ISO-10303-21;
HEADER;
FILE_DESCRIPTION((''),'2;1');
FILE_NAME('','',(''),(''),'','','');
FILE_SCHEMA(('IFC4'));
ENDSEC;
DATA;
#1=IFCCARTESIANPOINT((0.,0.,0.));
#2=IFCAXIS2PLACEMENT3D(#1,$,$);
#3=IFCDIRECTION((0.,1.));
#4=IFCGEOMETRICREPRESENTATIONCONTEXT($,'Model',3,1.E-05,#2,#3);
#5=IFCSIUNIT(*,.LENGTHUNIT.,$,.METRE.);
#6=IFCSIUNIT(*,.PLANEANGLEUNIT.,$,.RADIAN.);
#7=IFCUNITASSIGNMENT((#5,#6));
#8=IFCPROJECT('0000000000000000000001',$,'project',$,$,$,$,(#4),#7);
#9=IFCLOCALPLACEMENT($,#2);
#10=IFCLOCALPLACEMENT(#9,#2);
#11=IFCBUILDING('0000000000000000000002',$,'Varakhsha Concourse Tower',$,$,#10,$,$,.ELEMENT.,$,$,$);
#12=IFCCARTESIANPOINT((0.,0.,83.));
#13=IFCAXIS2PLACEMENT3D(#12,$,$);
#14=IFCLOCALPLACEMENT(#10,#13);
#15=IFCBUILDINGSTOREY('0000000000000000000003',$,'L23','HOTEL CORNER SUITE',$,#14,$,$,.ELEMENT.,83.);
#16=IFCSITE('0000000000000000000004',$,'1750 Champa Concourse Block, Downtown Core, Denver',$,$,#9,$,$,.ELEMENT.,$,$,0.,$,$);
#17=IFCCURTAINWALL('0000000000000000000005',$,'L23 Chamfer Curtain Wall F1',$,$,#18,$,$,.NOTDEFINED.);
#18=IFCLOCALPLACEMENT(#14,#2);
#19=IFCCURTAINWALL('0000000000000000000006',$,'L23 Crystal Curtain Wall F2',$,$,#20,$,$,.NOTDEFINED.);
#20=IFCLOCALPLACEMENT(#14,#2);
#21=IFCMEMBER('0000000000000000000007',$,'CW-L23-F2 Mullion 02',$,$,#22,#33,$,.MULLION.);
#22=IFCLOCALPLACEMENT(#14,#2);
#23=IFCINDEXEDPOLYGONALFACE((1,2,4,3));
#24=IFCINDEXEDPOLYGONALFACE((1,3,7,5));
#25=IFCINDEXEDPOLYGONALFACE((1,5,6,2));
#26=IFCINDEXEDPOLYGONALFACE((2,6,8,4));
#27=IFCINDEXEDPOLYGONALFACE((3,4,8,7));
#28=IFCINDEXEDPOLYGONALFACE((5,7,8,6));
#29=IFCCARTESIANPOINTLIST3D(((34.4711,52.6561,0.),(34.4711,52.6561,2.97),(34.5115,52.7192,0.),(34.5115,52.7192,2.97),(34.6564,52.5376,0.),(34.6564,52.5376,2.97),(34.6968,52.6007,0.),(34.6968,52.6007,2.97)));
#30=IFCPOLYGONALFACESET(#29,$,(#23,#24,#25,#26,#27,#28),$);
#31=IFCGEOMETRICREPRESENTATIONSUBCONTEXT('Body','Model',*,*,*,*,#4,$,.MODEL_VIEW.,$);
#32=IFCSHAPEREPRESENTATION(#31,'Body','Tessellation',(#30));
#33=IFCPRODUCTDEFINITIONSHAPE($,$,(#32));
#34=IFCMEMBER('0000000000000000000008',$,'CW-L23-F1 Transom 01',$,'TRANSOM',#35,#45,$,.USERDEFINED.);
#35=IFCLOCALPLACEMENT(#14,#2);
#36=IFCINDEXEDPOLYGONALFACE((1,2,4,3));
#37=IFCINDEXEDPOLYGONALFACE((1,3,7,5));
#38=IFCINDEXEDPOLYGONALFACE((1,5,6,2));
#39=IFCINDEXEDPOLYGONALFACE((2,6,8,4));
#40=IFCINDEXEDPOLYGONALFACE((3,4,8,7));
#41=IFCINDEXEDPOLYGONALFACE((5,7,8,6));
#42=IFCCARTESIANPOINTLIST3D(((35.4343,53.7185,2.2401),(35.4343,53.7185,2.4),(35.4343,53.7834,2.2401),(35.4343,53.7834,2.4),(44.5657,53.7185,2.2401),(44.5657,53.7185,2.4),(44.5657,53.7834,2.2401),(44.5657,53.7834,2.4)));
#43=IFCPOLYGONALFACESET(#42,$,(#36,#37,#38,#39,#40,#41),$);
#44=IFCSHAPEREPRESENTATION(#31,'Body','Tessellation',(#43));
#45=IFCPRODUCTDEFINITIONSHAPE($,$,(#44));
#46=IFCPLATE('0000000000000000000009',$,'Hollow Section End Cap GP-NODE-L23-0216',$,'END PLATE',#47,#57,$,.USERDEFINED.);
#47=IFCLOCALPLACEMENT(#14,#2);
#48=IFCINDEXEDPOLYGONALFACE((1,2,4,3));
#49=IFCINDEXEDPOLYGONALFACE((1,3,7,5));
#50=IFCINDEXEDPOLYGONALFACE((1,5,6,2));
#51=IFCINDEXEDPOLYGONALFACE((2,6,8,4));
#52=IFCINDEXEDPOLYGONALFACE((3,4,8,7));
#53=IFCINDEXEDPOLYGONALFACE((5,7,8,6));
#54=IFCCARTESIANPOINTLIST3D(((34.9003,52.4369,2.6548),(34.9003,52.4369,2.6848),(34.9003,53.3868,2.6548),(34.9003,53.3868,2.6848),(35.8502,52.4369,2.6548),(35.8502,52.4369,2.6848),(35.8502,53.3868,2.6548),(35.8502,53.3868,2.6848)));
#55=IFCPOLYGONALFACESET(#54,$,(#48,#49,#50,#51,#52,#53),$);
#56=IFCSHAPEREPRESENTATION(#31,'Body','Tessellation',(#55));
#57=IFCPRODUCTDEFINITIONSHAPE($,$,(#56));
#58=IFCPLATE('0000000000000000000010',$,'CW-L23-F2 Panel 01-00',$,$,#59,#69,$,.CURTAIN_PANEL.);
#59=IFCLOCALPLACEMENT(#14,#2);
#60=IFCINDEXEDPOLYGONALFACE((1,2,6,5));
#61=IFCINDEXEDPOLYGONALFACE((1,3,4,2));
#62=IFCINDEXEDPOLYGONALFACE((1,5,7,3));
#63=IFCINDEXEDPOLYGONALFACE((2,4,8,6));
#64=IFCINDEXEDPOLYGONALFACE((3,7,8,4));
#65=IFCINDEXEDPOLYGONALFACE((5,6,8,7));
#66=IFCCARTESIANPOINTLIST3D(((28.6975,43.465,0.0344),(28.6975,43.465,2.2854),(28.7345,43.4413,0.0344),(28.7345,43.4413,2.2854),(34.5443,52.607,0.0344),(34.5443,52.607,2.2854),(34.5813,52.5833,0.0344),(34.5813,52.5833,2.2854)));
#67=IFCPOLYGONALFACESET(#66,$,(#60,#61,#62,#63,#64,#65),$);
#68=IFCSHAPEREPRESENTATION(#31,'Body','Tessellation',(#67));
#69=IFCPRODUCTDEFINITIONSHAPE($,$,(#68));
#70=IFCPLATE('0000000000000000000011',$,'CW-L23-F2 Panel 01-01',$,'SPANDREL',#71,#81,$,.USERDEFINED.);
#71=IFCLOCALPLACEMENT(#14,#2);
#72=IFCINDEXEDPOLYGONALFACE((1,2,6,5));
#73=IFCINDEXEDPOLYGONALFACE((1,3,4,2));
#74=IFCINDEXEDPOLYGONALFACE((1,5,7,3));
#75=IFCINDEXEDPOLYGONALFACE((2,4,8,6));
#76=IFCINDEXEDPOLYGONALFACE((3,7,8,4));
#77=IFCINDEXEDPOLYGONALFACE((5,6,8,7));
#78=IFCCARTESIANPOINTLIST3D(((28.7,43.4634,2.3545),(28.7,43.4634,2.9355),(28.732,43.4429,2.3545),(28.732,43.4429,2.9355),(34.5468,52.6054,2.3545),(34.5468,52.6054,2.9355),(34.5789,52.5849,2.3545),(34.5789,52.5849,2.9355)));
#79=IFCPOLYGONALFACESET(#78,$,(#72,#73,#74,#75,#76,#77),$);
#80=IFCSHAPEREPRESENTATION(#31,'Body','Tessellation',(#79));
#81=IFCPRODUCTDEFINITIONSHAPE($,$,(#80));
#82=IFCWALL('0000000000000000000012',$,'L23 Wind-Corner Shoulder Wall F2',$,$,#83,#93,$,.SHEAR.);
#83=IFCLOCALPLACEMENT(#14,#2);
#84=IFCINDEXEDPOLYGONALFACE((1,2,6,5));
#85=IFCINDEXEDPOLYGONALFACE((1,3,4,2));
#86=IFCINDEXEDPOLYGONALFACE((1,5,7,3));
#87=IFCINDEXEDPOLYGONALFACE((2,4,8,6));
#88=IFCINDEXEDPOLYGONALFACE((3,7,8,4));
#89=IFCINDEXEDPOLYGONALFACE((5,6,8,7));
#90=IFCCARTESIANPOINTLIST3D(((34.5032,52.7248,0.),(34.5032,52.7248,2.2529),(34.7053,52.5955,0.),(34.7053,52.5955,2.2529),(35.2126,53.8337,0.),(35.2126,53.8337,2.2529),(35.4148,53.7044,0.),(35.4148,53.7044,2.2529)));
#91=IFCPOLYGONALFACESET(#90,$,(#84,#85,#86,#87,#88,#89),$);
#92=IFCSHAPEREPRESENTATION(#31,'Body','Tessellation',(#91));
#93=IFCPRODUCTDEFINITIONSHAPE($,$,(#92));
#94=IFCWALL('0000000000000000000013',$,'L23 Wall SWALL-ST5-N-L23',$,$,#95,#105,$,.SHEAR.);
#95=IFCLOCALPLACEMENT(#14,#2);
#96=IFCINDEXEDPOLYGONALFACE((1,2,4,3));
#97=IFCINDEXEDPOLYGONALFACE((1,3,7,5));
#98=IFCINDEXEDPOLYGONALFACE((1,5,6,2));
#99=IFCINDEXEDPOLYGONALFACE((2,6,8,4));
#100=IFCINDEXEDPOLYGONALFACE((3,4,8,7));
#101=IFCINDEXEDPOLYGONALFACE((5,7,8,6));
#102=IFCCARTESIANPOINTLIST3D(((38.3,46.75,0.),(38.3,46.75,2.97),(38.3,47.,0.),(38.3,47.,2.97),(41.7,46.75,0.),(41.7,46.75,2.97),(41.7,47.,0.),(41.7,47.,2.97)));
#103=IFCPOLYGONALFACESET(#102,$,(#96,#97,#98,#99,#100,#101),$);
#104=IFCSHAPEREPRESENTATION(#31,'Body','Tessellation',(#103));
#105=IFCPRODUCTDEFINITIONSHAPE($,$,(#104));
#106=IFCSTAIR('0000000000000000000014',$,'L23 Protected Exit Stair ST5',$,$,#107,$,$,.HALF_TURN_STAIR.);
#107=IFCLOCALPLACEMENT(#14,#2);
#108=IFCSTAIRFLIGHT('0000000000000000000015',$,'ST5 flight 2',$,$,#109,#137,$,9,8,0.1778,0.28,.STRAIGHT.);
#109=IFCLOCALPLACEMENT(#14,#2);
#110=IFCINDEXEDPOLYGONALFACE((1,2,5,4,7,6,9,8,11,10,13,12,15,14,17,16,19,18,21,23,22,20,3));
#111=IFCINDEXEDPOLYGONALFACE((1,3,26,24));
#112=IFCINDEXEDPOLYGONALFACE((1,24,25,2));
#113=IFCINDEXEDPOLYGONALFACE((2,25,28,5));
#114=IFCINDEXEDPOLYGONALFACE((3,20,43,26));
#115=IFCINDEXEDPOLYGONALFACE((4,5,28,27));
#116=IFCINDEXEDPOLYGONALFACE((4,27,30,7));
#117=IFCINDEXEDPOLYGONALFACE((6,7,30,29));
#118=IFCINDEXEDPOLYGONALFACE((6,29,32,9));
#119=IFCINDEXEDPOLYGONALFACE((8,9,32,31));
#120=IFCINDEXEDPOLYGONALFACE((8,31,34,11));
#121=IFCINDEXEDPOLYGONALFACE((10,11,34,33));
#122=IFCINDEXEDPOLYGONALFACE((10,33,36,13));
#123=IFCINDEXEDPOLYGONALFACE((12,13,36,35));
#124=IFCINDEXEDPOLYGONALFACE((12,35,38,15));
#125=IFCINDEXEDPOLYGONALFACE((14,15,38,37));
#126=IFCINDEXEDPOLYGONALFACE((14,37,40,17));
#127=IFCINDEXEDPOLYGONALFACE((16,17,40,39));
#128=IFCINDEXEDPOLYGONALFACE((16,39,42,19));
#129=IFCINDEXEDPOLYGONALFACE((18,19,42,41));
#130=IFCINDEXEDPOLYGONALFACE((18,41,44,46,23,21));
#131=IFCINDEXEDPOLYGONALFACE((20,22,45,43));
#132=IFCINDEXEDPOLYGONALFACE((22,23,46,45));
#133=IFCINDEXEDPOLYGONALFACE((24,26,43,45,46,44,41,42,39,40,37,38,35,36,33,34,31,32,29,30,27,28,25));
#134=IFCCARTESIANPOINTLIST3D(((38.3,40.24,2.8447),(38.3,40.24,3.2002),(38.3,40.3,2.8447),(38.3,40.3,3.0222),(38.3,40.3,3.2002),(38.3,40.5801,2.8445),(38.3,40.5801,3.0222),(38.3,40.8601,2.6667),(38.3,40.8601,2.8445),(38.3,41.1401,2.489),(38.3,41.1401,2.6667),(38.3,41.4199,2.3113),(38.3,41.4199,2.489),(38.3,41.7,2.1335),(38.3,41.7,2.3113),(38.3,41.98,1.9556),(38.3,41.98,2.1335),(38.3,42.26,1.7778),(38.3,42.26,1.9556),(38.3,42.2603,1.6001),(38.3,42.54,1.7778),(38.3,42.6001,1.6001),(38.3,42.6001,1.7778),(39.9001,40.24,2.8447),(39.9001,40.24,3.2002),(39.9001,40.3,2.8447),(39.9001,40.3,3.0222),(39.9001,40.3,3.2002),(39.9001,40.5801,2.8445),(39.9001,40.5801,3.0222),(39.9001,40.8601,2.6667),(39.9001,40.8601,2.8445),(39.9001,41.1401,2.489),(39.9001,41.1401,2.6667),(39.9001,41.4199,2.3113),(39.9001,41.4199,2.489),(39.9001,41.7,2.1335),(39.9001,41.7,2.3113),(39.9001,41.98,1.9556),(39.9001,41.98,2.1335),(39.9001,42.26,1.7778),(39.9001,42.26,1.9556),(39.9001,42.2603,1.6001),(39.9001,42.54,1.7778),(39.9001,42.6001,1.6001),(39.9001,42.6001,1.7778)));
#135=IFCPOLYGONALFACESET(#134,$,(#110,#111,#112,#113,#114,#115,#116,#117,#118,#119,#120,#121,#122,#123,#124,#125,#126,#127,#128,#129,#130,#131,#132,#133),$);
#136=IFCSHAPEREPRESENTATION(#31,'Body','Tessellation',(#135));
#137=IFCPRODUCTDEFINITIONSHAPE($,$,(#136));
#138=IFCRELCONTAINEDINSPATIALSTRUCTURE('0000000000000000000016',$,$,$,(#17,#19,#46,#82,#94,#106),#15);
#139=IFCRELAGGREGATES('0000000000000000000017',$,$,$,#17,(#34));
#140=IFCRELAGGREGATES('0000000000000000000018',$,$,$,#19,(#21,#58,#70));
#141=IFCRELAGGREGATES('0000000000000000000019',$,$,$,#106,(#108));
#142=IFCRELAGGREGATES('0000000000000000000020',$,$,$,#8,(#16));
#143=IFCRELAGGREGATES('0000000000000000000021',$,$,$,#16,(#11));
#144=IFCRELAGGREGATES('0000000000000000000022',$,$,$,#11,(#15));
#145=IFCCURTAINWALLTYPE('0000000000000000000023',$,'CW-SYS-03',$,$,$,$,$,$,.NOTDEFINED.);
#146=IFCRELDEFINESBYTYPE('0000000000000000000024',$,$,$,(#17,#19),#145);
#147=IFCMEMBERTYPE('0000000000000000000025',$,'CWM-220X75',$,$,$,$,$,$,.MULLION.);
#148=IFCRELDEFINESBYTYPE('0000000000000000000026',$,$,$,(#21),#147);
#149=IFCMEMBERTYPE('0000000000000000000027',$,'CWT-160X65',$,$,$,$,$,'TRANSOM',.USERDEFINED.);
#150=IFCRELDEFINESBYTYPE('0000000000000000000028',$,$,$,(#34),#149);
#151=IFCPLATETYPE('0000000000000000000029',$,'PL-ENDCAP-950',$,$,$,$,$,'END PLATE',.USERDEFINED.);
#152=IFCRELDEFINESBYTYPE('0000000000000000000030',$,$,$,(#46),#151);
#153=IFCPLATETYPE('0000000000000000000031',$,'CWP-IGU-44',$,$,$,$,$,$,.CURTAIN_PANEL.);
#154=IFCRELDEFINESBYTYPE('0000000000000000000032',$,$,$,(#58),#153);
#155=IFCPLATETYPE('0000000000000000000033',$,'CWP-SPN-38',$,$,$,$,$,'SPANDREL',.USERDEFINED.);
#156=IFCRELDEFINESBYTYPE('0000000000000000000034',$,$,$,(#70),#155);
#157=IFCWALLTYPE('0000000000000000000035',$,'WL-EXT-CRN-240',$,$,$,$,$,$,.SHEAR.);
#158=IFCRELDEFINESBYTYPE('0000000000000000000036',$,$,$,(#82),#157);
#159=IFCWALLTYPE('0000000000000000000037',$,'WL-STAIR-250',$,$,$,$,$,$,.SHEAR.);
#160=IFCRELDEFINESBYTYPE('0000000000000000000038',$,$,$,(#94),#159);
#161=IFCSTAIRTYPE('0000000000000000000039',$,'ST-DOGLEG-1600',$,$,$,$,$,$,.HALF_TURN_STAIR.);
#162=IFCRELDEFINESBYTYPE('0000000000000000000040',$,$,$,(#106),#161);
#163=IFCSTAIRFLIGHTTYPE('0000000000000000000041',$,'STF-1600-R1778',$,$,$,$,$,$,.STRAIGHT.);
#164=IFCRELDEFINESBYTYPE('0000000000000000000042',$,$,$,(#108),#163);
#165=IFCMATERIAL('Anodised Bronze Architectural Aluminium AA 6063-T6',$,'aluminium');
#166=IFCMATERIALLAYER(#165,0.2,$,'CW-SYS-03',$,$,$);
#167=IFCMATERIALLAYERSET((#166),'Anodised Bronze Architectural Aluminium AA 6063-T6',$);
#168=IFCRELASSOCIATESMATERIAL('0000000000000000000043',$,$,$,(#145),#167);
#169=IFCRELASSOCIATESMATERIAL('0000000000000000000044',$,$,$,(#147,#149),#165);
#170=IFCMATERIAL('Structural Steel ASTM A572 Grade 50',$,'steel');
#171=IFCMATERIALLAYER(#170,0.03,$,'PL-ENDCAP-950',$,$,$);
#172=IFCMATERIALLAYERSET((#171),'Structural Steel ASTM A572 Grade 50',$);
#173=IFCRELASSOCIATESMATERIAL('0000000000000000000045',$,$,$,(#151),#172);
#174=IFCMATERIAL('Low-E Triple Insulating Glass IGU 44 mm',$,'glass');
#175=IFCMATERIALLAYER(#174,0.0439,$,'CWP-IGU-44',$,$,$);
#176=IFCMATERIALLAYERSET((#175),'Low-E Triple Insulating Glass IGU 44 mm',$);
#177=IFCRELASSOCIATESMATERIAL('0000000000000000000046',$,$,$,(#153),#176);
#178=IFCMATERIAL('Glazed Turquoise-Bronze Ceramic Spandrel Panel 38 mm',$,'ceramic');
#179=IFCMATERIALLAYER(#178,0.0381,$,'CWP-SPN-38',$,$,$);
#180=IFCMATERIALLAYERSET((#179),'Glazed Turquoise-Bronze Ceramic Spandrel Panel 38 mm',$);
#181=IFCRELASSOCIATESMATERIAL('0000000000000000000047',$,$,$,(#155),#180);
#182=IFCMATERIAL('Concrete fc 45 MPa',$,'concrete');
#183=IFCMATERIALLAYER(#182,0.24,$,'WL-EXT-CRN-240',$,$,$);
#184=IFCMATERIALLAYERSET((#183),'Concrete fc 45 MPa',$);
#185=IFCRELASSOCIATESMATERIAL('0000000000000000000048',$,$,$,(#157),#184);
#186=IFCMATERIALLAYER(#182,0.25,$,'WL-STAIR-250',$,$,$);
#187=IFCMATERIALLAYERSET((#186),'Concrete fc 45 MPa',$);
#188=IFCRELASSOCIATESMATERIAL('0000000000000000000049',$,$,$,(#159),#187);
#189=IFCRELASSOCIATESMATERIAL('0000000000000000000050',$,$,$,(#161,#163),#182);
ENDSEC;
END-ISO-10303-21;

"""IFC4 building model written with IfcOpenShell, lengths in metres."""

from ifc_helpers import new_model, si_unit, direction, frame, frame_2d, origin, origin_2d, place, context, subcontext, project, spatial, polyline, rectangle, outline, extrude, source, transform, mapped, material, layer, layer_set, material_profile, profile_set, type_object, type_shapes, element, aggregate, save


model = new_model("IFC4")

# Units and contexts
model_context = context("Model", 3, precision=1e-05, world=origin(), true_north=direction((0.0, 1.0)))
body_context = subcontext(model_context, "Body", "Model", "MODEL_VIEW")
ifc_project = project(units=[si_unit("LENGTHUNIT", "METRE"), si_unit("PLANEANGLEUNIT", "RADIAN")], contexts=[model_context])

# Site, building, storey
site_placement = place(None, origin())
site = spatial("IfcSite", under=ifc_project, at=site_placement, Name="1750 Champa Concourse Block, Downtown Core, Denver", CompositionType="ELEMENT", RefElevation=0.0)
building_placement = place(site_placement, origin())
building = spatial("IfcBuilding", under=site, at=building_placement, Name="Varakhsha Concourse Tower", CompositionType="ELEMENT")
storey_placement = place(building_placement, frame((0.0, 0.0, 83.0)))
storey = spatial("IfcBuildingStorey", under=building, at=storey_placement, Name="L23", Description="HOTEL CORNER SUITE", CompositionType="ELEMENT", Elevation=83.0)

# Shared definitions
ifc_material_1 = material(Name="Structural Steel ASTM A572 Grade 50", Category="steel")

# Curtain wall
ifc_material_2 = material(Name="Anodised Bronze Architectural Aluminium AA 6063-T6", Category="aluminium")
ifc_layer_1 = layer(ifc_material_2, 0.2, Name="CW-SYS-03")
ifc_layer_set_1 = layer_set([ifc_layer_1], Name="Anodised Bronze Architectural Aluminium AA 6063-T6")
curtain_wall_type = type_object("IfcCurtainWallType", Name="CW-SYS-03", PredefinedType="NOTDEFINED", material=ifc_layer_set_1)
curtain_wall_1_placement = place(storey_placement, origin())
curtain_wall_1 = element("IfcCurtainWall", 1, at=curtain_wall_1_placement, inside=storey, type_object=curtain_wall_type, Name="L23 Chamfer Curtain Wall F1", PredefinedType="NOTDEFINED")
ifc_material_profile_1 = material_profile(ifc_material_2, rectangle(XDim=0.075, YDim=0.22, at=origin_2d()), Name="CWM-220X75")
ifc_profile_set_1 = profile_set([ifc_material_profile_1], Name="Anodised Bronze Architectural Aluminium AA 6063-T6")
member_type_1 = type_object("IfcMemberType", Name="CWM-220X75", PredefinedType="MULLION", material=ifc_profile_set_1)
shared_shape_1 = source(origin(), body_context, "Body", "SweptSolid", [
    extrude(rectangle(XDim=0.075, YDim=0.22, at=origin_2d()), origin(), (0.0, 0.0, 1.0), 2.97),
])
type_shapes(member_type_1, [shared_shape_1])

# Curtain wall, member
curtain_wall_2_placement = place(storey_placement, origin())
curtain_wall_2 = element("IfcCurtainWall", 2, at=curtain_wall_2_placement, inside=storey, type_object=curtain_wall_type, Name="L23 Crystal Curtain Wall F2", PredefinedType="NOTDEFINED")
member_1_placement = place(storey_placement, frame((34.584, 52.6284, 0.0), z_axis=(0.0, 0.0, 1.0), x_axis=(0.538787, 0.842442, 0.0)))
member_1 = element("IfcMember", 3, at=member_1_placement, type_object=member_type_1, Name="CW-L23-F2 Mullion 02", PredefinedType="MULLION", context=body_context, shape_type="MappedRepresentation", body=[
    mapped(shared_shape_1, transform((0.0, 0.0, 0.0), scale=1.0)),
])

# Member
ifc_material_profile_2 = material_profile(ifc_material_2, rectangle(XDim=0.0649, YDim=0.1599, at=origin_2d()), Name="CWT-160X65")
ifc_profile_set_2 = profile_set([ifc_material_profile_2], Name="Anodised Bronze Architectural Aluminium AA 6063-T6")
member_type_2 = type_object("IfcMemberType", Name="CWT-160X65", ElementType="TRANSOM", PredefinedType="USERDEFINED", material=ifc_profile_set_2)
shared_shape_2 = source(origin(), body_context, "Body", "SweptSolid", [
    extrude(rectangle(XDim=0.0649, YDim=0.1599, at=origin_2d()), origin(), (0.0, 0.0, 1.0), 9.1313),
])
type_shapes(member_type_2, [shared_shape_2])
member_2_placement = place(storey_placement, frame((35.4343, 53.751, 2.3201), z_axis=(1.0, 0.0, 0.0), x_axis=(0.0, 1.0, 0.0)))
member_2 = element("IfcMember", 4, at=member_2_placement, type_object=member_type_2, Name="CW-L23-F1 Transom 01", ObjectType="TRANSOM", PredefinedType="USERDEFINED", context=body_context, shape_type="MappedRepresentation", body=[
    mapped(shared_shape_2, transform((0.0, 0.0, 0.0), scale=1.0)),
])
aggregate(curtain_wall_1, [member_2])

# Plates
ifc_layer_2 = layer(ifc_material_1, 0.03, Name="PL-ENDCAP-950")
ifc_layer_set_2 = layer_set([ifc_layer_2], Name="Structural Steel ASTM A572 Grade 50")
plate_type_1 = type_object("IfcPlateType", Name="PL-ENDCAP-950", ElementType="END PLATE", PredefinedType="USERDEFINED", material=ifc_layer_set_2)
shared_shape_3 = source(origin(), body_context, "Body", "SweptSolid", [
    extrude(rectangle(XDim=0.95, YDim=0.95, at=origin_2d()), origin(), (0.0, 0.0, 1.0), 0.03),
])
type_shapes(plate_type_1, [shared_shape_3])
plate_1_placement = place(storey_placement, frame((35.3752, 52.9119, 2.6548), z_axis=(0.0, 0.0, 1.0), x_axis=(1.0, 0.0, 0.0)))
element("IfcPlate", 5, at=plate_1_placement, inside=storey, type_object=plate_type_1, Name="Hollow Section End Cap GP-NODE-L23-0216", ObjectType="END PLATE", PredefinedType="USERDEFINED", context=body_context, shape_type="MappedRepresentation", body=[
    mapped(shared_shape_3, transform((0.0, 0.0, 0.0), scale=1.0)),
])
ifc_material_3 = material(Name="Low-E Triple Insulating Glass IGU 44 mm", Category="glass")
ifc_layer_3 = layer(ifc_material_3, 0.0439, Name="CWP-IGU-44")
ifc_layer_set_3 = layer_set([ifc_layer_3], Name="Low-E Triple Insulating Glass IGU 44 mm")
plate_type_2 = type_object("IfcPlateType", Name="CWP-IGU-44", PredefinedType="CURTAIN_PANEL", material=ifc_layer_set_3)
shared_shape_4 = source(origin(), body_context, "Body", "SweptSolid", [
    extrude(rectangle(XDim=10.8518, YDim=0.0439, at=origin_2d()), origin(), (0.0, 0.0, 1.0), 2.251),
])
type_shapes(plate_type_2, [shared_shape_4])
plate_2_placement = place(storey_placement, frame((31.6394, 48.0242, 0.0344), z_axis=(0.0, 0.0, 1.0), x_axis=(0.538787, 0.842442, 0.0)))
plate_2 = element("IfcPlate", 6, at=plate_2_placement, type_object=plate_type_2, Name="CW-L23-F2 Panel 01-00", PredefinedType="CURTAIN_PANEL", context=body_context, shape_type="MappedRepresentation", body=[
    mapped(shared_shape_4, transform((0.0, 0.0, 0.0), scale=1.0)),
])
ifc_material_4 = material(Name="Glazed Turquoise-Bronze Ceramic Spandrel Panel 38 mm", Category="ceramic")
ifc_layer_4 = layer(ifc_material_4, 0.0381, Name="CWP-SPN-38")
ifc_layer_set_4 = layer_set([ifc_layer_4], Name="Glazed Turquoise-Bronze Ceramic Spandrel Panel 38 mm")
plate_type_3 = type_object("IfcPlateType", Name="CWP-SPN-38", ElementType="SPANDREL", PredefinedType="USERDEFINED", material=ifc_layer_set_4)
shared_shape_5 = source(origin(), body_context, "Body", "SweptSolid", [
    extrude(rectangle(XDim=10.8518, YDim=0.0381, at=origin_2d()), origin(), (0.0, 0.0, 1.0), 0.5811),
])
type_shapes(plate_type_3, [shared_shape_5])
plate_3_placement = place(storey_placement, frame((31.6394, 48.0242, 2.3545), z_axis=(0.0, 0.0, 1.0), x_axis=(0.538787, 0.842442, 0.0)))
plate_3 = element("IfcPlate", 7, at=plate_3_placement, type_object=plate_type_3, Name="CW-L23-F2 Panel 01-01", ObjectType="SPANDREL", PredefinedType="USERDEFINED", context=body_context, shape_type="MappedRepresentation", body=[
    mapped(shared_shape_5, transform((0.0, 0.0, 0.0), scale=1.0)),
])
aggregate(curtain_wall_2, [member_1, plate_2, plate_3])

# Walls
ifc_material_5 = material(Name="Concrete fc 45 MPa", Category="concrete")
ifc_layer_5 = layer(ifc_material_5, 0.24, Name="WL-EXT-CRN-240")
ifc_layer_set_5 = layer_set([ifc_layer_5], Name="Concrete fc 45 MPa")
wall_type_1 = type_object("IfcWallType", Name="WL-EXT-CRN-240", PredefinedType="SHEAR", material=ifc_layer_set_5)
wall_1_placement = place(storey_placement, frame((35.3137, 53.769, 0.0), z_axis=(0.0, 0.0, 1.0), x_axis=(-0.538938, -0.842345, 0.0)))
element("IfcWall", 8, at=wall_1_placement, inside=storey, type_object=wall_type_1, Name="L23 Wind-Corner Shoulder Wall F2", PredefinedType="SHEAR", context=body_context, shape_type="SweptSolid", body=[
    extrude(rectangle(XDim=1.3164, YDim=0.24, at=frame_2d((0.6582, 0.0))), origin(), (0.0, 0.0, 1.0), 2.2529),
])
ifc_layer_6 = layer(ifc_material_5, 0.25, Name="WL-STAIR-250")
ifc_layer_set_6 = layer_set([ifc_layer_6], Name="Concrete fc 45 MPa")
wall_type_2 = type_object("IfcWallType", Name="WL-STAIR-250", PredefinedType="SHEAR", material=ifc_layer_set_6)
wall_2_placement = place(storey_placement, frame((38.3, 46.875, 0.0), z_axis=(0.0, 0.0, 1.0), x_axis=(1.0, 0.0, 0.0)))
element("IfcWall", 9, at=wall_2_placement, inside=storey, type_object=wall_type_2, Name="L23 Wall SWALL-ST5-N-L23", PredefinedType="SHEAR", context=body_context, shape_type="SweptSolid", body=[
    extrude(rectangle(XDim=3.3999, YDim=0.25, at=frame_2d((1.7, 0.0))), origin(), (0.0, 0.0, 1.0), 2.97),
])

# Stair, stair flight
stair_type = type_object("IfcStairType", Name="ST-DOGLEG-1600", PredefinedType="HALF_TURN_STAIR", material=ifc_material_5)
stair_placement = place(storey_placement, origin())
stair = element("IfcStair", 10, at=stair_placement, inside=storey, type_object=stair_type, Name="L23 Protected Exit Stair ST5", PredefinedType="HALF_TURN_STAIR")
stair_flight_type = type_object("IfcStairFlightType", Name="STF-1600-R1778", PredefinedType="STRAIGHT", material=ifc_material_5)
stair_flight_placement = place(storey_placement, frame((39.1001, 42.54, 1.6001), z_axis=(0.0, 0.0, 1.0), x_axis=(0.0, -1.0, 0.0)))
stair_flight = element("IfcStairFlight", 11, at=stair_flight_placement, type_object=stair_flight_type, Name="ST5 flight 2", NumberOfRisers=9, NumberOfTreads=8, PredefinedType="STRAIGHT", RiserHeight=0.1778, TreadLength=0.28, context=body_context, shape_type="SweptSolid", body=[
    extrude(outline(polyline([(-0.0601, 0.0), (-0.0601, 0.1777), (0.0, 0.1777), (0.28, 0.1777), (0.28, 0.3555), (0.5601, 0.3555), (0.5601, 0.5334), (0.8401, 0.5334), (0.8401, 0.7112), (1.1201, 0.7112), (1.1201, 0.8889), (1.3999, 0.8889), (1.3999, 1.0667), (1.6799, 1.0667), (1.6799, 1.2444), (1.96, 1.2444), (1.96, 1.4221), (2.24, 1.4221), (2.24, 1.6001), (2.3, 1.6001), (2.3, 1.2446), (2.24, 1.2446), (0.2798, 0.0), (-0.0601, 0.0)])), frame((0.0, 0.8, 0.0), z_axis=(0.0, -1.0, 0.0), x_axis=(1.0, 0.0, 0.0)), (0.0, 0.0, 1.0), 1.6001),
])
aggregate(stair, [stair_flight])

save(model, "model.ifc")
